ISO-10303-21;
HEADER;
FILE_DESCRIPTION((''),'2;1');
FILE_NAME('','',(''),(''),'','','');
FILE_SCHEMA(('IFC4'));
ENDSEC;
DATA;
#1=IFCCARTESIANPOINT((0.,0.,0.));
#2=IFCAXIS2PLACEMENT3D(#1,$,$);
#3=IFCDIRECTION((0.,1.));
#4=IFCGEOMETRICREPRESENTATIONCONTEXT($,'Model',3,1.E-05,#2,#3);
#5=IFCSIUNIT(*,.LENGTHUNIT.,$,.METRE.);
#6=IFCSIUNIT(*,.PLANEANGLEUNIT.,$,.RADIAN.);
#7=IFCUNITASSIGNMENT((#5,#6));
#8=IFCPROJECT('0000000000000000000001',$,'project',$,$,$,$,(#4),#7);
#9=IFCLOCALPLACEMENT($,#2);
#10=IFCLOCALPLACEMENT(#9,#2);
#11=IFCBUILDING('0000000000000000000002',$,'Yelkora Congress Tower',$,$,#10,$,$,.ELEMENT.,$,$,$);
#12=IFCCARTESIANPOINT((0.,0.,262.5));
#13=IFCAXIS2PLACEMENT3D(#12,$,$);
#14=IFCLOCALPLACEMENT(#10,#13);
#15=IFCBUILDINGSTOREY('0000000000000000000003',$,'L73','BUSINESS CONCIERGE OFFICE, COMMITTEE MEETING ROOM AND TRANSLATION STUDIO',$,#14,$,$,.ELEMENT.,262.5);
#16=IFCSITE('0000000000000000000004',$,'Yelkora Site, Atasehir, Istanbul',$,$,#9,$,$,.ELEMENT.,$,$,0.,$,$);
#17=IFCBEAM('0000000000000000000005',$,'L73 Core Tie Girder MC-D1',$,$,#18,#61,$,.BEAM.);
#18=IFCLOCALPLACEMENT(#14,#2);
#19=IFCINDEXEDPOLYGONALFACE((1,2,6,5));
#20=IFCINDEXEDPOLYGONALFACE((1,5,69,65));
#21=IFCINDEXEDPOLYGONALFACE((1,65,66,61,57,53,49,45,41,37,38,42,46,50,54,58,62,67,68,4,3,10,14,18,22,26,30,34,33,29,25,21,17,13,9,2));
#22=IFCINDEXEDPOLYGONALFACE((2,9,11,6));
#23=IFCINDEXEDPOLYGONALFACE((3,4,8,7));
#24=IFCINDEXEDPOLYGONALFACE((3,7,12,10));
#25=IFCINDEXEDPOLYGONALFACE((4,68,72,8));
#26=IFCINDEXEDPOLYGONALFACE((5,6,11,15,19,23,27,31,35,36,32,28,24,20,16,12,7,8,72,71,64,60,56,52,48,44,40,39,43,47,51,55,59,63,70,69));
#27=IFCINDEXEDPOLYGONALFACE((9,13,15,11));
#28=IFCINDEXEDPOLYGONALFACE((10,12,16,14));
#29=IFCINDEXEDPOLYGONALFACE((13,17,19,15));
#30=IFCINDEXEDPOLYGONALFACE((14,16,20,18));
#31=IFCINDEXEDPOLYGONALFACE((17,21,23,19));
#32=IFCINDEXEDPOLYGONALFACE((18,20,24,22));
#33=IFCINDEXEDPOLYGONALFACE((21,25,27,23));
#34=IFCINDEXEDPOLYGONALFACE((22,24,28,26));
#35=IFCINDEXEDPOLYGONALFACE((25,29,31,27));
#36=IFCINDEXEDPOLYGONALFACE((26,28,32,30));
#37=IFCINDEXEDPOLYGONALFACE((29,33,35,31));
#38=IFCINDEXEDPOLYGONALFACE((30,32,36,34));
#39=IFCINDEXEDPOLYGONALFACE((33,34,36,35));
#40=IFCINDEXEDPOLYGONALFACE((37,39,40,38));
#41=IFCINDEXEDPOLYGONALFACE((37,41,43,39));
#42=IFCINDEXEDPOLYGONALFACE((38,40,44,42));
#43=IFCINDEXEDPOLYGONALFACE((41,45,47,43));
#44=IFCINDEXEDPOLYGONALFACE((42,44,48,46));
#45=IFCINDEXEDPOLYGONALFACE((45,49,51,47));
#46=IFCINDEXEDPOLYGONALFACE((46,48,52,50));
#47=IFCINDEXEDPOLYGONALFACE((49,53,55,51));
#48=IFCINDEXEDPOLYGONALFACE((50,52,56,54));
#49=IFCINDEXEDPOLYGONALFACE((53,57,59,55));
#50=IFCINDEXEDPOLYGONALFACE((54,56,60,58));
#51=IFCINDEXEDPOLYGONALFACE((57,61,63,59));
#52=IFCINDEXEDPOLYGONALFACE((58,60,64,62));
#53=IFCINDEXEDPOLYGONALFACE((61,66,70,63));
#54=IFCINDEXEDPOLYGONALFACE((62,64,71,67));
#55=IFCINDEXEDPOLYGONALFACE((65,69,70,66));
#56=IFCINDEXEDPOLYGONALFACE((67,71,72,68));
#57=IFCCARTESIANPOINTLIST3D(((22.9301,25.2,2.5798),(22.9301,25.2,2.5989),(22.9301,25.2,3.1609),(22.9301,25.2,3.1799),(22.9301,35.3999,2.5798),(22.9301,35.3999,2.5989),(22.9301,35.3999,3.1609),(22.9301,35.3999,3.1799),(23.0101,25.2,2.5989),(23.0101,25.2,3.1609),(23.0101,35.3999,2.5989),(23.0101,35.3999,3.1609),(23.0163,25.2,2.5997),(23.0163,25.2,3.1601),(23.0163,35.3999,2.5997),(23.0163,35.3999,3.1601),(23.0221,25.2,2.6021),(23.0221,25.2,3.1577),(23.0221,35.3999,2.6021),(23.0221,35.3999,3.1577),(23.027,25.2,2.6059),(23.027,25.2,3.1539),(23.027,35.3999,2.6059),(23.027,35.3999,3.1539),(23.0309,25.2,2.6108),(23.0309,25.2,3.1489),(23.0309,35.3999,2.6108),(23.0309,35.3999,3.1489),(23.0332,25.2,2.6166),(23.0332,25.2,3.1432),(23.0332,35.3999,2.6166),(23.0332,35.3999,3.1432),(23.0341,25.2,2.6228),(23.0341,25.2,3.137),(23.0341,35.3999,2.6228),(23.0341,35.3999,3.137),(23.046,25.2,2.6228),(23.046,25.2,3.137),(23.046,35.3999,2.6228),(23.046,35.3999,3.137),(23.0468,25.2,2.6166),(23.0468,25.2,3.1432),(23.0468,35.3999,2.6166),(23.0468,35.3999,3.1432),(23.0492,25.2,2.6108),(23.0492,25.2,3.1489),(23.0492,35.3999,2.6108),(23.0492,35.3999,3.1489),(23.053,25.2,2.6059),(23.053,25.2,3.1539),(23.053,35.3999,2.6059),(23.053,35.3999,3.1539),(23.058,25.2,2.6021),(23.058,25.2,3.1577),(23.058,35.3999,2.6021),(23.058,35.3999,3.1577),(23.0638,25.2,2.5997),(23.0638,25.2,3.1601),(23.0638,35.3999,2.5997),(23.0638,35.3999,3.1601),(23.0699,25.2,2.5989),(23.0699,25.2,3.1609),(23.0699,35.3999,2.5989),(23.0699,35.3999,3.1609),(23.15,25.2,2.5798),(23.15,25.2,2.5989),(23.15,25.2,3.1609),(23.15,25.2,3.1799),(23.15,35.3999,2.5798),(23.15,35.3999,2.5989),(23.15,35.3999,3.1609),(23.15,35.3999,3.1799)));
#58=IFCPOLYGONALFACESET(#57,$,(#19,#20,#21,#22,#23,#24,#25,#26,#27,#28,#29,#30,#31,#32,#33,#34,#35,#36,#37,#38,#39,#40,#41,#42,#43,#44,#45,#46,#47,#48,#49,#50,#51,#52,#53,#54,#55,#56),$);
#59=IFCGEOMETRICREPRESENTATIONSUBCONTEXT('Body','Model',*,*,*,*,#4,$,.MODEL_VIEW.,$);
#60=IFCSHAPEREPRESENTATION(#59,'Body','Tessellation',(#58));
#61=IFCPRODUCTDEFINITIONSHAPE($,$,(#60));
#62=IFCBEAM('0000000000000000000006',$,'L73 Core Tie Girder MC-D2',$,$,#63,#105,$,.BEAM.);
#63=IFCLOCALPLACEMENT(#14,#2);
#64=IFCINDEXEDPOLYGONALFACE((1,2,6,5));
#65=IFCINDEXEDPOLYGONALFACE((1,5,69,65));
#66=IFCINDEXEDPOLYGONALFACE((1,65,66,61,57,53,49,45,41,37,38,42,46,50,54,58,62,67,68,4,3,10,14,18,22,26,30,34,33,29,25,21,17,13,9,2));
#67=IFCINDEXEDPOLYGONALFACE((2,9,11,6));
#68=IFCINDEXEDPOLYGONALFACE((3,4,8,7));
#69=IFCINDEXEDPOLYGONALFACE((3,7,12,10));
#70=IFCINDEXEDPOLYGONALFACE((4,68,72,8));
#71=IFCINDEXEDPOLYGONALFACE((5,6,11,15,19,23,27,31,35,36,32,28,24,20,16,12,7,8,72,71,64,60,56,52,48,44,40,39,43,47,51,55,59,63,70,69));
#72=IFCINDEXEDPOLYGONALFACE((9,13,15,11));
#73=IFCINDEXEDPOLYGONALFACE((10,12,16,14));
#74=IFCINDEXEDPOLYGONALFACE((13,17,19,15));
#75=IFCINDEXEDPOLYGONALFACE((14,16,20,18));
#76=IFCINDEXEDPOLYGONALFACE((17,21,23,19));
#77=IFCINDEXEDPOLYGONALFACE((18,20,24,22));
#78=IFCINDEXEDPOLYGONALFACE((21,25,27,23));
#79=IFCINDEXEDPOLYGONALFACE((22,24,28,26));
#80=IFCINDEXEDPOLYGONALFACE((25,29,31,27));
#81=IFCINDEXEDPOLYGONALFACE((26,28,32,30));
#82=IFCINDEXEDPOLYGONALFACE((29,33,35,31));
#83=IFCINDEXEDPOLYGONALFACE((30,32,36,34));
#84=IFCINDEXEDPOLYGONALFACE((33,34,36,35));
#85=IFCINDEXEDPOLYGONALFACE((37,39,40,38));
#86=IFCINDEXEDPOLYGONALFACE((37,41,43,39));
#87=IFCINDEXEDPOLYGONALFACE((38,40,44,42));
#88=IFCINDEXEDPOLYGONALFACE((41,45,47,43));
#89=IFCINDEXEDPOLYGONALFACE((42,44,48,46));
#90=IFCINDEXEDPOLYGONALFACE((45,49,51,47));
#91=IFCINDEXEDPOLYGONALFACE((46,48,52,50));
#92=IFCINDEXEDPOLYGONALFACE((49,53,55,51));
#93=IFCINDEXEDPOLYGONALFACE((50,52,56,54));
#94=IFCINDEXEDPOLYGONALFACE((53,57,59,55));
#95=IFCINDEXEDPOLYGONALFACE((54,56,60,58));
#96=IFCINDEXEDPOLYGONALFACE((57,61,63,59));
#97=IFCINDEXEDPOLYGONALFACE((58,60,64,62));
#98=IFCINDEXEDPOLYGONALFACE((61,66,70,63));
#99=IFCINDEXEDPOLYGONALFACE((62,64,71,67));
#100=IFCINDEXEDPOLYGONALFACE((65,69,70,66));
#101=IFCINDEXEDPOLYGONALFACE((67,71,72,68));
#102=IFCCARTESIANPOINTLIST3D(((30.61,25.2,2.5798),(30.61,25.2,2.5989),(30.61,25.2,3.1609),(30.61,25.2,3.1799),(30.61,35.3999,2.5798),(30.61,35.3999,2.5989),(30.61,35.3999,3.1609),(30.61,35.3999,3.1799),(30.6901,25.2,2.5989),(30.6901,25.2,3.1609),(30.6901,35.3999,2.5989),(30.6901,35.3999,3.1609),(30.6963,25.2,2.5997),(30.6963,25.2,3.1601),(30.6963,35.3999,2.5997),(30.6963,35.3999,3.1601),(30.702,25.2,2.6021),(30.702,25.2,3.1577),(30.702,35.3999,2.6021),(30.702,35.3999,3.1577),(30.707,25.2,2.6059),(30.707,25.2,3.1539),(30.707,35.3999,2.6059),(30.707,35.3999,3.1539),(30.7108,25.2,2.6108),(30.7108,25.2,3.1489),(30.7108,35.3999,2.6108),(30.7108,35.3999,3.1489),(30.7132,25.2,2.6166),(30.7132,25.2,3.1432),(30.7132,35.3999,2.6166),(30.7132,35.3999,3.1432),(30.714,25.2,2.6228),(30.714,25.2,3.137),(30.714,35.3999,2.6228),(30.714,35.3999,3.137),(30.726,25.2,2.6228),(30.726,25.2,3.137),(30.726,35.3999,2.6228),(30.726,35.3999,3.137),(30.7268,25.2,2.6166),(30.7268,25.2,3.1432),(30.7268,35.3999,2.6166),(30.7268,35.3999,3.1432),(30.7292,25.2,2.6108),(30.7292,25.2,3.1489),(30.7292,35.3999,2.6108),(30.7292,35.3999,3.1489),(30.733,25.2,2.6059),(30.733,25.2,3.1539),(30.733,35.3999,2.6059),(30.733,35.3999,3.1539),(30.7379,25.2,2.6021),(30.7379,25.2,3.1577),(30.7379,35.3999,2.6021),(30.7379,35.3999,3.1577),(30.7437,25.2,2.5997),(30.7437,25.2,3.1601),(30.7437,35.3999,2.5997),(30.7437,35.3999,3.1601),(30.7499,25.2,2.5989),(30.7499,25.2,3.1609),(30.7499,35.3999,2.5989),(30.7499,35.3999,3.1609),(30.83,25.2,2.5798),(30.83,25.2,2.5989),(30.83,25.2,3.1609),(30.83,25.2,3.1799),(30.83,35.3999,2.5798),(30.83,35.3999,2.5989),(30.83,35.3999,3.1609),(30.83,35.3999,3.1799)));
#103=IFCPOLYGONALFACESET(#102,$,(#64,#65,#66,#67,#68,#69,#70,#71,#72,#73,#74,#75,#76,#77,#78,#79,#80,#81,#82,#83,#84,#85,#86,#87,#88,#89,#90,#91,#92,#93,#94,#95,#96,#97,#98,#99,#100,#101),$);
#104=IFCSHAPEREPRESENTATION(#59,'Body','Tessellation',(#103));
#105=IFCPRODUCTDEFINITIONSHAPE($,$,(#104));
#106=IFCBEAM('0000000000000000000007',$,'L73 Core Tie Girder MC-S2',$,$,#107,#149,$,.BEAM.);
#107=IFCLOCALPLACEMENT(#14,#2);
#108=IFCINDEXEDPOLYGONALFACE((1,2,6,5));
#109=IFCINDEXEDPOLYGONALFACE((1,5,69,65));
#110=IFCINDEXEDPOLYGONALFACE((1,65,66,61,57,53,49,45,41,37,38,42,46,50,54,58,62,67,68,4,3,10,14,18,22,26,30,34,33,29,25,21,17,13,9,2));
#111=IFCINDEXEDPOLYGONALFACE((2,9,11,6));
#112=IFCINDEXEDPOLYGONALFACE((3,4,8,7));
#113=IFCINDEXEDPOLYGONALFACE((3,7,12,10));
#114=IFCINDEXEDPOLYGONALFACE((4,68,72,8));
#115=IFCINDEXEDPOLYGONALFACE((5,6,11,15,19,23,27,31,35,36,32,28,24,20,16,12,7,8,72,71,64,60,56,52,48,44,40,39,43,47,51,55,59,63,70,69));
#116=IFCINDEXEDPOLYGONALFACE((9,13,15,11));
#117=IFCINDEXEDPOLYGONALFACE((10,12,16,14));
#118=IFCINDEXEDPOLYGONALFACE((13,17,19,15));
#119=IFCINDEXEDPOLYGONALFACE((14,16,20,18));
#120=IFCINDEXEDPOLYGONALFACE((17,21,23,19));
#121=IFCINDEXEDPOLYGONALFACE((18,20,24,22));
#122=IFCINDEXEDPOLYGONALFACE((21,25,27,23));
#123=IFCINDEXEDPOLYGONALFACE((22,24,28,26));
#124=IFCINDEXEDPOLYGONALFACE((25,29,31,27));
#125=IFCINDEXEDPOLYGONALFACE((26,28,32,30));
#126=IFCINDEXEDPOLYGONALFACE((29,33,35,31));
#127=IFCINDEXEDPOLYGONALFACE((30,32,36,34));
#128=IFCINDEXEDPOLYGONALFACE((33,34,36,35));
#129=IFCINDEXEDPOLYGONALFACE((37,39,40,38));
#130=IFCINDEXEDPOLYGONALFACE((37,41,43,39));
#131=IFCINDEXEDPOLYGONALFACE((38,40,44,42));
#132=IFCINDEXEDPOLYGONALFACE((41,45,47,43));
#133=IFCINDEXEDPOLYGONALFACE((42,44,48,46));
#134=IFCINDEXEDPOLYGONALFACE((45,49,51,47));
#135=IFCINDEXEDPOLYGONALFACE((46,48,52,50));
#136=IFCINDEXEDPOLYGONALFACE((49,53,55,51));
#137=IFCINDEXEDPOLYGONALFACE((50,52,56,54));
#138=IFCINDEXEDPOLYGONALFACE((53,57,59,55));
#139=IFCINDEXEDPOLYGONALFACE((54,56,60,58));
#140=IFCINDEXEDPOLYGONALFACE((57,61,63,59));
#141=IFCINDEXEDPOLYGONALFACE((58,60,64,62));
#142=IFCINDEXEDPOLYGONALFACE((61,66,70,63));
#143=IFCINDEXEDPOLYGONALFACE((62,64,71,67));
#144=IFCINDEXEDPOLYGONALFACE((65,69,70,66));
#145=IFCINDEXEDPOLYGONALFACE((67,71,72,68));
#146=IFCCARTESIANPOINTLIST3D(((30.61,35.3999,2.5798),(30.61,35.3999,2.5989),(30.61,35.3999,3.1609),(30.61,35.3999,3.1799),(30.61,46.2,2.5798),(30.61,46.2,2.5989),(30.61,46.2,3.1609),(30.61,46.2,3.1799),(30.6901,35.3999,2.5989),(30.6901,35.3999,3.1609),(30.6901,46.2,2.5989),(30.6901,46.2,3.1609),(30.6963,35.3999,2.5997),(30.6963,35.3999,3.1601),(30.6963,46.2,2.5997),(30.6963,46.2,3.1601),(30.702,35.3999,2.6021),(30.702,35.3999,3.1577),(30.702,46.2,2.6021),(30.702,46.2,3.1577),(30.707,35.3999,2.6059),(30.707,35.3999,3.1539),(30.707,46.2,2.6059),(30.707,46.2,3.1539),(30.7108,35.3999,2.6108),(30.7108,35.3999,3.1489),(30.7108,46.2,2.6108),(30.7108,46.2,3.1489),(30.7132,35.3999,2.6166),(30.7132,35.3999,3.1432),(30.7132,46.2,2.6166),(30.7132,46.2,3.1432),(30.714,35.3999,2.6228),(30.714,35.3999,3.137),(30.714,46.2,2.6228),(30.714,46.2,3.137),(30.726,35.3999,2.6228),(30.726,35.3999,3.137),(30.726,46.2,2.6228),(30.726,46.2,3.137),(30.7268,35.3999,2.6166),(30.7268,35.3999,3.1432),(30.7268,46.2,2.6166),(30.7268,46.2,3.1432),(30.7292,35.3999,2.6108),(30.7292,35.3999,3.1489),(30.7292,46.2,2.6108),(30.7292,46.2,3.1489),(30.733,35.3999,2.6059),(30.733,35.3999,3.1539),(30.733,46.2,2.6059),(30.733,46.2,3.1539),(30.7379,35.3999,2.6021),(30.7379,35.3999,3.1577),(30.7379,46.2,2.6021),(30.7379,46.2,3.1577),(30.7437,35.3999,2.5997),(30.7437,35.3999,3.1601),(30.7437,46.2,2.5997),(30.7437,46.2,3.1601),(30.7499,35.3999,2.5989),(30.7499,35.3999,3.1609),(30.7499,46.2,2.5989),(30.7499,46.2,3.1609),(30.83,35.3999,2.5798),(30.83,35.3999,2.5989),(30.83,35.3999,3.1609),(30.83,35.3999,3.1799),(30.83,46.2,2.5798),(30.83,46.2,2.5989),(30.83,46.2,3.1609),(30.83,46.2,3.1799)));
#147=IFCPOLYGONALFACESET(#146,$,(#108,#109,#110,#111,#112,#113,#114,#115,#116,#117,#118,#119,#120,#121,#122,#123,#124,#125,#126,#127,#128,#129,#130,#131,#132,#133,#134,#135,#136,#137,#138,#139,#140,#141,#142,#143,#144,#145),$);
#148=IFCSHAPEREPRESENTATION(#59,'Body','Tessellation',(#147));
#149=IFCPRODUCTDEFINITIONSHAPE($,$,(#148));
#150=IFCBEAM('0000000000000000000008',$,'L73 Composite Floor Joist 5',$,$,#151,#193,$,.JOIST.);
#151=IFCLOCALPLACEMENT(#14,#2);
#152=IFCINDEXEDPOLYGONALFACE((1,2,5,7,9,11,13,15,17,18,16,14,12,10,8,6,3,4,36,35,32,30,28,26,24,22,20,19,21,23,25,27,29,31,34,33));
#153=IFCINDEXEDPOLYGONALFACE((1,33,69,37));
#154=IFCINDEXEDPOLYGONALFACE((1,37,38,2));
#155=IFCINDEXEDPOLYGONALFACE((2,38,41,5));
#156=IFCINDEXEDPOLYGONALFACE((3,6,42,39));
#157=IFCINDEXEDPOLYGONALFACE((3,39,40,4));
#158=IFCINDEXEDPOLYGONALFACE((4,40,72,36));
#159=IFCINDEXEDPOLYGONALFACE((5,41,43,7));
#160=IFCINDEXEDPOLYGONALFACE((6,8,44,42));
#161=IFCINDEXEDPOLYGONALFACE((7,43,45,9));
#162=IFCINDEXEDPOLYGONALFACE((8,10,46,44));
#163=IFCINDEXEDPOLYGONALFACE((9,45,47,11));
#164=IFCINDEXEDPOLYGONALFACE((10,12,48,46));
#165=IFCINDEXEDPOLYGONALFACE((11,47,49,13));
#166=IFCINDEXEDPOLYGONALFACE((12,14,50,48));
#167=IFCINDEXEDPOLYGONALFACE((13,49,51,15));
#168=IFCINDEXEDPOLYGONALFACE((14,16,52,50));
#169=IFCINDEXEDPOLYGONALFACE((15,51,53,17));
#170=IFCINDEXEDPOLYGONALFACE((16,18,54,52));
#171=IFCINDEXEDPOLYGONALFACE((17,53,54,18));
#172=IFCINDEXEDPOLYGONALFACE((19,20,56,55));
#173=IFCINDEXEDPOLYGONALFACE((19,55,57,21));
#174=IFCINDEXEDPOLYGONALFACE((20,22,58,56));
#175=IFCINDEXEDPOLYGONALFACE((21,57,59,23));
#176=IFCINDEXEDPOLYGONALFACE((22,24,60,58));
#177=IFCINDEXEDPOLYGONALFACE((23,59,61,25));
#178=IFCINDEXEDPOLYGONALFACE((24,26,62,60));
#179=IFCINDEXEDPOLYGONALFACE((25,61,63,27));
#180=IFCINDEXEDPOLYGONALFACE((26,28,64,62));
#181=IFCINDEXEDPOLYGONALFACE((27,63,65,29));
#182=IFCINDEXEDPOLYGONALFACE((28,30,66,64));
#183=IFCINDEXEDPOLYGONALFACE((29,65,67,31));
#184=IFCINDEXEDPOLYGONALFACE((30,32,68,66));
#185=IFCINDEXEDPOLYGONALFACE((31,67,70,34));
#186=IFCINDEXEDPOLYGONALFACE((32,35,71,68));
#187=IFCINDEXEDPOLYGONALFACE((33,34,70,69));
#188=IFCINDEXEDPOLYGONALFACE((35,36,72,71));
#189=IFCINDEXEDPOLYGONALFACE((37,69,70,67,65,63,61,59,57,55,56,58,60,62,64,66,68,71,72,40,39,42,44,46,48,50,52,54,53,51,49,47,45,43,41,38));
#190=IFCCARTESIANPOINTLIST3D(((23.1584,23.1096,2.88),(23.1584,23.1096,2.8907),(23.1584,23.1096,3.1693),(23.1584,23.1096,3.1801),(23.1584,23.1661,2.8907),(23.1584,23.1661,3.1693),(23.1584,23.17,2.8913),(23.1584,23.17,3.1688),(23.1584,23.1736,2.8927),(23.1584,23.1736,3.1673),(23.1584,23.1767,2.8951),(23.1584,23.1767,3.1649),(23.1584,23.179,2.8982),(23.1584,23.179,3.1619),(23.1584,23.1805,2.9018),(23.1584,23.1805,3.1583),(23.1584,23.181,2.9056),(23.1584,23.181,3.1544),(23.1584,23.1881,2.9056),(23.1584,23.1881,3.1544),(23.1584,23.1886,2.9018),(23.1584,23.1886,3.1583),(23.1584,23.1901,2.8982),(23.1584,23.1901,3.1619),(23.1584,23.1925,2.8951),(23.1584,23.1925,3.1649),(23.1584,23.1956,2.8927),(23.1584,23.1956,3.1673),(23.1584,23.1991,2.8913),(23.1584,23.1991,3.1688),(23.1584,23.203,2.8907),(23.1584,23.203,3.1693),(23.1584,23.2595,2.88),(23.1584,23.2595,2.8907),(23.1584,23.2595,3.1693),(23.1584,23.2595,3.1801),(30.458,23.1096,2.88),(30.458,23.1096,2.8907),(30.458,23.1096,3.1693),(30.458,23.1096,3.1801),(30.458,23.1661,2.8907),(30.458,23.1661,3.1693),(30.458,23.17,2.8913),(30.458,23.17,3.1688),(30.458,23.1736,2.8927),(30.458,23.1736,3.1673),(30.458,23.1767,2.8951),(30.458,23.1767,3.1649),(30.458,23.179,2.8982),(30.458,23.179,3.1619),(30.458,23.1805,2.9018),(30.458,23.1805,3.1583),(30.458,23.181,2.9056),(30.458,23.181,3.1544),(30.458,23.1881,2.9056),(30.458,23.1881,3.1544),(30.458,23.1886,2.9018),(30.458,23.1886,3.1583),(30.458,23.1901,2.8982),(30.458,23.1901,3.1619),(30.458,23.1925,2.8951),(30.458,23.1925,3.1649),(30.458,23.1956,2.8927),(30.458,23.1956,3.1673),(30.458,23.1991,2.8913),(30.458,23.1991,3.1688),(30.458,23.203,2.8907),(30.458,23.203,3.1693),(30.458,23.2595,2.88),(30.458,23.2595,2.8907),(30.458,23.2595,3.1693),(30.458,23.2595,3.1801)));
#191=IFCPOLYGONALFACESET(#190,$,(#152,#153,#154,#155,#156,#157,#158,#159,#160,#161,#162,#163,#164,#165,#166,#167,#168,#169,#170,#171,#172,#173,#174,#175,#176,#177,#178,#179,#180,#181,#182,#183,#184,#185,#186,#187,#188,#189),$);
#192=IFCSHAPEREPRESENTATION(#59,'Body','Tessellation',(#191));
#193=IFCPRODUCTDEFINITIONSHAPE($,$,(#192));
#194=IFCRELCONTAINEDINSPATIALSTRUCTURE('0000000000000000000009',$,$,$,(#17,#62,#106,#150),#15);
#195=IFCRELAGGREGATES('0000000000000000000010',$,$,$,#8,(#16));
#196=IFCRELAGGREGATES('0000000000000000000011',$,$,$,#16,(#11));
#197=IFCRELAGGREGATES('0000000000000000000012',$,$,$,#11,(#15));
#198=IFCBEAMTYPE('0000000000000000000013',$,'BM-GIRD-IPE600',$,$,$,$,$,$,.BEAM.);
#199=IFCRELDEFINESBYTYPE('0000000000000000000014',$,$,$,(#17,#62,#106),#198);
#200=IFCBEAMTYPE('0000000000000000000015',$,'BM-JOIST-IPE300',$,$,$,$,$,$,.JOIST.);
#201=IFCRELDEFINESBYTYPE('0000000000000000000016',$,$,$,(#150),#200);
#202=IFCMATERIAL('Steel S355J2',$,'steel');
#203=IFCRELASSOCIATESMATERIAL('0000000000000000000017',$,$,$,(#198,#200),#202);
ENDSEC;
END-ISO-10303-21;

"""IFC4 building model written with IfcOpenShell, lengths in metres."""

from ifc_helpers import new_model, si_unit, direction, frame, origin, origin_2d, place, context, subcontext, project, spatial, i_section, extrude, material, material_profile, profile_set, type_object, element, save


model = new_model("IFC4")

# Units and contexts
model_context = context("Model", 3, precision=1e-05, world=origin(), true_north=direction((0.0, 1.0)))
body_context = subcontext(model_context, "Body", "Model", "MODEL_VIEW")
ifc_project = project(units=[si_unit("LENGTHUNIT", "METRE"), si_unit("PLANEANGLEUNIT", "RADIAN")], contexts=[model_context])

# Site, building, storey
site_placement = place(None, origin())
site = spatial("IfcSite", under=ifc_project, at=site_placement, Name="Yelkora Site, Atasehir, Istanbul", CompositionType="ELEMENT", RefElevation=0.0)
building_placement = place(site_placement, origin())
building = spatial("IfcBuilding", under=site, at=building_placement, Name="Yelkora Congress Tower", CompositionType="ELEMENT")
storey_placement = place(building_placement, frame((0.0, 0.0, 262.5)))
storey = spatial("IfcBuildingStorey", under=building, at=storey_placement, Name="L73", Description="BUSINESS CONCIERGE OFFICE, COMMITTEE MEETING ROOM AND TRANSLATION STUDIO", CompositionType="ELEMENT", Elevation=262.5)

# Beams
ifc_material_1 = material(Name="Steel S355J2", Category="steel")
ifc_material_profile_1 = material_profile(ifc_material_1, i_section(OverallWidth=0.22, OverallDepth=0.6001, WebThickness=0.012, FlangeThickness=0.019, FilletRadius=0.0239, at=origin_2d()), Name="IPE 600")
ifc_profile_set_1 = profile_set([ifc_material_profile_1], Name="Steel S355J2")
beam_type_1 = type_object("IfcBeamType", Name="BM-GIRD-IPE600", PredefinedType="BEAM", material=ifc_profile_set_1)
for number, where, z_axis, x_axis, name in (
    (1, (23.04, 25.2, 2.8799), (0.0, 1.0, 0.0), (-1.0, 0.0, 0.0), "L73 Core Tie Girder MC-D1"),
    (2, (30.72, 25.2, 2.8799), (0.0, 1.0, 0.0), (-1.0, 0.0, 0.0), "L73 Core Tie Girder MC-D2"),
):
    element("IfcBeam", number, at=place(storey_placement, frame(where, z_axis=z_axis, x_axis=x_axis)), inside=storey, type_object=beam_type_1, Name=name, PredefinedType="BEAM", context=body_context, shape_type="SweptSolid", body=[
        extrude(i_section(OverallWidth=0.22, OverallDepth=0.6001, WebThickness=0.012, FlangeThickness=0.019, FilletRadius=0.0239, at=origin_2d()), origin(), (0.0, 0.0, 1.0), 10.2),
    ])
beam_1_placement = place(storey_placement, frame((30.72, 35.3999, 2.8799), z_axis=(0.0, 1.0, 0.0), x_axis=(-1.0, 0.0, 0.0)))
element("IfcBeam", 3, at=beam_1_placement, inside=storey, type_object=beam_type_1, Name="L73 Core Tie Girder MC-S2", PredefinedType="BEAM", context=body_context, shape_type="SweptSolid", body=[
    extrude(i_section(OverallWidth=0.22, OverallDepth=0.6001, WebThickness=0.012, FlangeThickness=0.019, FilletRadius=0.0239, at=origin_2d()), origin(), (0.0, 0.0, 1.0), 10.8),
])
ifc_material_profile_2 = material_profile(ifc_material_1, i_section(OverallWidth=0.1499, OverallDepth=0.3, WebThickness=0.0071, FlangeThickness=0.0107, FilletRadius=0.0149, at=origin_2d()), Name="IPE 300")
ifc_profile_set_2 = profile_set([ifc_material_profile_2], Name="Steel S355J2")
beam_type_2 = type_object("IfcBeamType", Name="BM-JOIST-IPE300", PredefinedType="JOIST", material=ifc_profile_set_2)
beam_2_placement = place(storey_placement, frame((23.1584, 23.1846, 3.03), z_axis=(1.0, 0.0, 0.0), x_axis=(0.0, 1.0, 0.0)))
element("IfcBeam", 4, at=beam_2_placement, inside=storey, type_object=beam_type_2, Name="L73 Composite Floor Joist 5", PredefinedType="JOIST", context=body_context, shape_type="SweptSolid", body=[
    extrude(i_section(OverallWidth=0.1499, OverallDepth=0.3, WebThickness=0.0071, FlangeThickness=0.0107, FilletRadius=0.0149, at=origin_2d()), origin(), (0.0, 0.0, 1.0), 7.2996),
])

save(model, "model.ifc")
